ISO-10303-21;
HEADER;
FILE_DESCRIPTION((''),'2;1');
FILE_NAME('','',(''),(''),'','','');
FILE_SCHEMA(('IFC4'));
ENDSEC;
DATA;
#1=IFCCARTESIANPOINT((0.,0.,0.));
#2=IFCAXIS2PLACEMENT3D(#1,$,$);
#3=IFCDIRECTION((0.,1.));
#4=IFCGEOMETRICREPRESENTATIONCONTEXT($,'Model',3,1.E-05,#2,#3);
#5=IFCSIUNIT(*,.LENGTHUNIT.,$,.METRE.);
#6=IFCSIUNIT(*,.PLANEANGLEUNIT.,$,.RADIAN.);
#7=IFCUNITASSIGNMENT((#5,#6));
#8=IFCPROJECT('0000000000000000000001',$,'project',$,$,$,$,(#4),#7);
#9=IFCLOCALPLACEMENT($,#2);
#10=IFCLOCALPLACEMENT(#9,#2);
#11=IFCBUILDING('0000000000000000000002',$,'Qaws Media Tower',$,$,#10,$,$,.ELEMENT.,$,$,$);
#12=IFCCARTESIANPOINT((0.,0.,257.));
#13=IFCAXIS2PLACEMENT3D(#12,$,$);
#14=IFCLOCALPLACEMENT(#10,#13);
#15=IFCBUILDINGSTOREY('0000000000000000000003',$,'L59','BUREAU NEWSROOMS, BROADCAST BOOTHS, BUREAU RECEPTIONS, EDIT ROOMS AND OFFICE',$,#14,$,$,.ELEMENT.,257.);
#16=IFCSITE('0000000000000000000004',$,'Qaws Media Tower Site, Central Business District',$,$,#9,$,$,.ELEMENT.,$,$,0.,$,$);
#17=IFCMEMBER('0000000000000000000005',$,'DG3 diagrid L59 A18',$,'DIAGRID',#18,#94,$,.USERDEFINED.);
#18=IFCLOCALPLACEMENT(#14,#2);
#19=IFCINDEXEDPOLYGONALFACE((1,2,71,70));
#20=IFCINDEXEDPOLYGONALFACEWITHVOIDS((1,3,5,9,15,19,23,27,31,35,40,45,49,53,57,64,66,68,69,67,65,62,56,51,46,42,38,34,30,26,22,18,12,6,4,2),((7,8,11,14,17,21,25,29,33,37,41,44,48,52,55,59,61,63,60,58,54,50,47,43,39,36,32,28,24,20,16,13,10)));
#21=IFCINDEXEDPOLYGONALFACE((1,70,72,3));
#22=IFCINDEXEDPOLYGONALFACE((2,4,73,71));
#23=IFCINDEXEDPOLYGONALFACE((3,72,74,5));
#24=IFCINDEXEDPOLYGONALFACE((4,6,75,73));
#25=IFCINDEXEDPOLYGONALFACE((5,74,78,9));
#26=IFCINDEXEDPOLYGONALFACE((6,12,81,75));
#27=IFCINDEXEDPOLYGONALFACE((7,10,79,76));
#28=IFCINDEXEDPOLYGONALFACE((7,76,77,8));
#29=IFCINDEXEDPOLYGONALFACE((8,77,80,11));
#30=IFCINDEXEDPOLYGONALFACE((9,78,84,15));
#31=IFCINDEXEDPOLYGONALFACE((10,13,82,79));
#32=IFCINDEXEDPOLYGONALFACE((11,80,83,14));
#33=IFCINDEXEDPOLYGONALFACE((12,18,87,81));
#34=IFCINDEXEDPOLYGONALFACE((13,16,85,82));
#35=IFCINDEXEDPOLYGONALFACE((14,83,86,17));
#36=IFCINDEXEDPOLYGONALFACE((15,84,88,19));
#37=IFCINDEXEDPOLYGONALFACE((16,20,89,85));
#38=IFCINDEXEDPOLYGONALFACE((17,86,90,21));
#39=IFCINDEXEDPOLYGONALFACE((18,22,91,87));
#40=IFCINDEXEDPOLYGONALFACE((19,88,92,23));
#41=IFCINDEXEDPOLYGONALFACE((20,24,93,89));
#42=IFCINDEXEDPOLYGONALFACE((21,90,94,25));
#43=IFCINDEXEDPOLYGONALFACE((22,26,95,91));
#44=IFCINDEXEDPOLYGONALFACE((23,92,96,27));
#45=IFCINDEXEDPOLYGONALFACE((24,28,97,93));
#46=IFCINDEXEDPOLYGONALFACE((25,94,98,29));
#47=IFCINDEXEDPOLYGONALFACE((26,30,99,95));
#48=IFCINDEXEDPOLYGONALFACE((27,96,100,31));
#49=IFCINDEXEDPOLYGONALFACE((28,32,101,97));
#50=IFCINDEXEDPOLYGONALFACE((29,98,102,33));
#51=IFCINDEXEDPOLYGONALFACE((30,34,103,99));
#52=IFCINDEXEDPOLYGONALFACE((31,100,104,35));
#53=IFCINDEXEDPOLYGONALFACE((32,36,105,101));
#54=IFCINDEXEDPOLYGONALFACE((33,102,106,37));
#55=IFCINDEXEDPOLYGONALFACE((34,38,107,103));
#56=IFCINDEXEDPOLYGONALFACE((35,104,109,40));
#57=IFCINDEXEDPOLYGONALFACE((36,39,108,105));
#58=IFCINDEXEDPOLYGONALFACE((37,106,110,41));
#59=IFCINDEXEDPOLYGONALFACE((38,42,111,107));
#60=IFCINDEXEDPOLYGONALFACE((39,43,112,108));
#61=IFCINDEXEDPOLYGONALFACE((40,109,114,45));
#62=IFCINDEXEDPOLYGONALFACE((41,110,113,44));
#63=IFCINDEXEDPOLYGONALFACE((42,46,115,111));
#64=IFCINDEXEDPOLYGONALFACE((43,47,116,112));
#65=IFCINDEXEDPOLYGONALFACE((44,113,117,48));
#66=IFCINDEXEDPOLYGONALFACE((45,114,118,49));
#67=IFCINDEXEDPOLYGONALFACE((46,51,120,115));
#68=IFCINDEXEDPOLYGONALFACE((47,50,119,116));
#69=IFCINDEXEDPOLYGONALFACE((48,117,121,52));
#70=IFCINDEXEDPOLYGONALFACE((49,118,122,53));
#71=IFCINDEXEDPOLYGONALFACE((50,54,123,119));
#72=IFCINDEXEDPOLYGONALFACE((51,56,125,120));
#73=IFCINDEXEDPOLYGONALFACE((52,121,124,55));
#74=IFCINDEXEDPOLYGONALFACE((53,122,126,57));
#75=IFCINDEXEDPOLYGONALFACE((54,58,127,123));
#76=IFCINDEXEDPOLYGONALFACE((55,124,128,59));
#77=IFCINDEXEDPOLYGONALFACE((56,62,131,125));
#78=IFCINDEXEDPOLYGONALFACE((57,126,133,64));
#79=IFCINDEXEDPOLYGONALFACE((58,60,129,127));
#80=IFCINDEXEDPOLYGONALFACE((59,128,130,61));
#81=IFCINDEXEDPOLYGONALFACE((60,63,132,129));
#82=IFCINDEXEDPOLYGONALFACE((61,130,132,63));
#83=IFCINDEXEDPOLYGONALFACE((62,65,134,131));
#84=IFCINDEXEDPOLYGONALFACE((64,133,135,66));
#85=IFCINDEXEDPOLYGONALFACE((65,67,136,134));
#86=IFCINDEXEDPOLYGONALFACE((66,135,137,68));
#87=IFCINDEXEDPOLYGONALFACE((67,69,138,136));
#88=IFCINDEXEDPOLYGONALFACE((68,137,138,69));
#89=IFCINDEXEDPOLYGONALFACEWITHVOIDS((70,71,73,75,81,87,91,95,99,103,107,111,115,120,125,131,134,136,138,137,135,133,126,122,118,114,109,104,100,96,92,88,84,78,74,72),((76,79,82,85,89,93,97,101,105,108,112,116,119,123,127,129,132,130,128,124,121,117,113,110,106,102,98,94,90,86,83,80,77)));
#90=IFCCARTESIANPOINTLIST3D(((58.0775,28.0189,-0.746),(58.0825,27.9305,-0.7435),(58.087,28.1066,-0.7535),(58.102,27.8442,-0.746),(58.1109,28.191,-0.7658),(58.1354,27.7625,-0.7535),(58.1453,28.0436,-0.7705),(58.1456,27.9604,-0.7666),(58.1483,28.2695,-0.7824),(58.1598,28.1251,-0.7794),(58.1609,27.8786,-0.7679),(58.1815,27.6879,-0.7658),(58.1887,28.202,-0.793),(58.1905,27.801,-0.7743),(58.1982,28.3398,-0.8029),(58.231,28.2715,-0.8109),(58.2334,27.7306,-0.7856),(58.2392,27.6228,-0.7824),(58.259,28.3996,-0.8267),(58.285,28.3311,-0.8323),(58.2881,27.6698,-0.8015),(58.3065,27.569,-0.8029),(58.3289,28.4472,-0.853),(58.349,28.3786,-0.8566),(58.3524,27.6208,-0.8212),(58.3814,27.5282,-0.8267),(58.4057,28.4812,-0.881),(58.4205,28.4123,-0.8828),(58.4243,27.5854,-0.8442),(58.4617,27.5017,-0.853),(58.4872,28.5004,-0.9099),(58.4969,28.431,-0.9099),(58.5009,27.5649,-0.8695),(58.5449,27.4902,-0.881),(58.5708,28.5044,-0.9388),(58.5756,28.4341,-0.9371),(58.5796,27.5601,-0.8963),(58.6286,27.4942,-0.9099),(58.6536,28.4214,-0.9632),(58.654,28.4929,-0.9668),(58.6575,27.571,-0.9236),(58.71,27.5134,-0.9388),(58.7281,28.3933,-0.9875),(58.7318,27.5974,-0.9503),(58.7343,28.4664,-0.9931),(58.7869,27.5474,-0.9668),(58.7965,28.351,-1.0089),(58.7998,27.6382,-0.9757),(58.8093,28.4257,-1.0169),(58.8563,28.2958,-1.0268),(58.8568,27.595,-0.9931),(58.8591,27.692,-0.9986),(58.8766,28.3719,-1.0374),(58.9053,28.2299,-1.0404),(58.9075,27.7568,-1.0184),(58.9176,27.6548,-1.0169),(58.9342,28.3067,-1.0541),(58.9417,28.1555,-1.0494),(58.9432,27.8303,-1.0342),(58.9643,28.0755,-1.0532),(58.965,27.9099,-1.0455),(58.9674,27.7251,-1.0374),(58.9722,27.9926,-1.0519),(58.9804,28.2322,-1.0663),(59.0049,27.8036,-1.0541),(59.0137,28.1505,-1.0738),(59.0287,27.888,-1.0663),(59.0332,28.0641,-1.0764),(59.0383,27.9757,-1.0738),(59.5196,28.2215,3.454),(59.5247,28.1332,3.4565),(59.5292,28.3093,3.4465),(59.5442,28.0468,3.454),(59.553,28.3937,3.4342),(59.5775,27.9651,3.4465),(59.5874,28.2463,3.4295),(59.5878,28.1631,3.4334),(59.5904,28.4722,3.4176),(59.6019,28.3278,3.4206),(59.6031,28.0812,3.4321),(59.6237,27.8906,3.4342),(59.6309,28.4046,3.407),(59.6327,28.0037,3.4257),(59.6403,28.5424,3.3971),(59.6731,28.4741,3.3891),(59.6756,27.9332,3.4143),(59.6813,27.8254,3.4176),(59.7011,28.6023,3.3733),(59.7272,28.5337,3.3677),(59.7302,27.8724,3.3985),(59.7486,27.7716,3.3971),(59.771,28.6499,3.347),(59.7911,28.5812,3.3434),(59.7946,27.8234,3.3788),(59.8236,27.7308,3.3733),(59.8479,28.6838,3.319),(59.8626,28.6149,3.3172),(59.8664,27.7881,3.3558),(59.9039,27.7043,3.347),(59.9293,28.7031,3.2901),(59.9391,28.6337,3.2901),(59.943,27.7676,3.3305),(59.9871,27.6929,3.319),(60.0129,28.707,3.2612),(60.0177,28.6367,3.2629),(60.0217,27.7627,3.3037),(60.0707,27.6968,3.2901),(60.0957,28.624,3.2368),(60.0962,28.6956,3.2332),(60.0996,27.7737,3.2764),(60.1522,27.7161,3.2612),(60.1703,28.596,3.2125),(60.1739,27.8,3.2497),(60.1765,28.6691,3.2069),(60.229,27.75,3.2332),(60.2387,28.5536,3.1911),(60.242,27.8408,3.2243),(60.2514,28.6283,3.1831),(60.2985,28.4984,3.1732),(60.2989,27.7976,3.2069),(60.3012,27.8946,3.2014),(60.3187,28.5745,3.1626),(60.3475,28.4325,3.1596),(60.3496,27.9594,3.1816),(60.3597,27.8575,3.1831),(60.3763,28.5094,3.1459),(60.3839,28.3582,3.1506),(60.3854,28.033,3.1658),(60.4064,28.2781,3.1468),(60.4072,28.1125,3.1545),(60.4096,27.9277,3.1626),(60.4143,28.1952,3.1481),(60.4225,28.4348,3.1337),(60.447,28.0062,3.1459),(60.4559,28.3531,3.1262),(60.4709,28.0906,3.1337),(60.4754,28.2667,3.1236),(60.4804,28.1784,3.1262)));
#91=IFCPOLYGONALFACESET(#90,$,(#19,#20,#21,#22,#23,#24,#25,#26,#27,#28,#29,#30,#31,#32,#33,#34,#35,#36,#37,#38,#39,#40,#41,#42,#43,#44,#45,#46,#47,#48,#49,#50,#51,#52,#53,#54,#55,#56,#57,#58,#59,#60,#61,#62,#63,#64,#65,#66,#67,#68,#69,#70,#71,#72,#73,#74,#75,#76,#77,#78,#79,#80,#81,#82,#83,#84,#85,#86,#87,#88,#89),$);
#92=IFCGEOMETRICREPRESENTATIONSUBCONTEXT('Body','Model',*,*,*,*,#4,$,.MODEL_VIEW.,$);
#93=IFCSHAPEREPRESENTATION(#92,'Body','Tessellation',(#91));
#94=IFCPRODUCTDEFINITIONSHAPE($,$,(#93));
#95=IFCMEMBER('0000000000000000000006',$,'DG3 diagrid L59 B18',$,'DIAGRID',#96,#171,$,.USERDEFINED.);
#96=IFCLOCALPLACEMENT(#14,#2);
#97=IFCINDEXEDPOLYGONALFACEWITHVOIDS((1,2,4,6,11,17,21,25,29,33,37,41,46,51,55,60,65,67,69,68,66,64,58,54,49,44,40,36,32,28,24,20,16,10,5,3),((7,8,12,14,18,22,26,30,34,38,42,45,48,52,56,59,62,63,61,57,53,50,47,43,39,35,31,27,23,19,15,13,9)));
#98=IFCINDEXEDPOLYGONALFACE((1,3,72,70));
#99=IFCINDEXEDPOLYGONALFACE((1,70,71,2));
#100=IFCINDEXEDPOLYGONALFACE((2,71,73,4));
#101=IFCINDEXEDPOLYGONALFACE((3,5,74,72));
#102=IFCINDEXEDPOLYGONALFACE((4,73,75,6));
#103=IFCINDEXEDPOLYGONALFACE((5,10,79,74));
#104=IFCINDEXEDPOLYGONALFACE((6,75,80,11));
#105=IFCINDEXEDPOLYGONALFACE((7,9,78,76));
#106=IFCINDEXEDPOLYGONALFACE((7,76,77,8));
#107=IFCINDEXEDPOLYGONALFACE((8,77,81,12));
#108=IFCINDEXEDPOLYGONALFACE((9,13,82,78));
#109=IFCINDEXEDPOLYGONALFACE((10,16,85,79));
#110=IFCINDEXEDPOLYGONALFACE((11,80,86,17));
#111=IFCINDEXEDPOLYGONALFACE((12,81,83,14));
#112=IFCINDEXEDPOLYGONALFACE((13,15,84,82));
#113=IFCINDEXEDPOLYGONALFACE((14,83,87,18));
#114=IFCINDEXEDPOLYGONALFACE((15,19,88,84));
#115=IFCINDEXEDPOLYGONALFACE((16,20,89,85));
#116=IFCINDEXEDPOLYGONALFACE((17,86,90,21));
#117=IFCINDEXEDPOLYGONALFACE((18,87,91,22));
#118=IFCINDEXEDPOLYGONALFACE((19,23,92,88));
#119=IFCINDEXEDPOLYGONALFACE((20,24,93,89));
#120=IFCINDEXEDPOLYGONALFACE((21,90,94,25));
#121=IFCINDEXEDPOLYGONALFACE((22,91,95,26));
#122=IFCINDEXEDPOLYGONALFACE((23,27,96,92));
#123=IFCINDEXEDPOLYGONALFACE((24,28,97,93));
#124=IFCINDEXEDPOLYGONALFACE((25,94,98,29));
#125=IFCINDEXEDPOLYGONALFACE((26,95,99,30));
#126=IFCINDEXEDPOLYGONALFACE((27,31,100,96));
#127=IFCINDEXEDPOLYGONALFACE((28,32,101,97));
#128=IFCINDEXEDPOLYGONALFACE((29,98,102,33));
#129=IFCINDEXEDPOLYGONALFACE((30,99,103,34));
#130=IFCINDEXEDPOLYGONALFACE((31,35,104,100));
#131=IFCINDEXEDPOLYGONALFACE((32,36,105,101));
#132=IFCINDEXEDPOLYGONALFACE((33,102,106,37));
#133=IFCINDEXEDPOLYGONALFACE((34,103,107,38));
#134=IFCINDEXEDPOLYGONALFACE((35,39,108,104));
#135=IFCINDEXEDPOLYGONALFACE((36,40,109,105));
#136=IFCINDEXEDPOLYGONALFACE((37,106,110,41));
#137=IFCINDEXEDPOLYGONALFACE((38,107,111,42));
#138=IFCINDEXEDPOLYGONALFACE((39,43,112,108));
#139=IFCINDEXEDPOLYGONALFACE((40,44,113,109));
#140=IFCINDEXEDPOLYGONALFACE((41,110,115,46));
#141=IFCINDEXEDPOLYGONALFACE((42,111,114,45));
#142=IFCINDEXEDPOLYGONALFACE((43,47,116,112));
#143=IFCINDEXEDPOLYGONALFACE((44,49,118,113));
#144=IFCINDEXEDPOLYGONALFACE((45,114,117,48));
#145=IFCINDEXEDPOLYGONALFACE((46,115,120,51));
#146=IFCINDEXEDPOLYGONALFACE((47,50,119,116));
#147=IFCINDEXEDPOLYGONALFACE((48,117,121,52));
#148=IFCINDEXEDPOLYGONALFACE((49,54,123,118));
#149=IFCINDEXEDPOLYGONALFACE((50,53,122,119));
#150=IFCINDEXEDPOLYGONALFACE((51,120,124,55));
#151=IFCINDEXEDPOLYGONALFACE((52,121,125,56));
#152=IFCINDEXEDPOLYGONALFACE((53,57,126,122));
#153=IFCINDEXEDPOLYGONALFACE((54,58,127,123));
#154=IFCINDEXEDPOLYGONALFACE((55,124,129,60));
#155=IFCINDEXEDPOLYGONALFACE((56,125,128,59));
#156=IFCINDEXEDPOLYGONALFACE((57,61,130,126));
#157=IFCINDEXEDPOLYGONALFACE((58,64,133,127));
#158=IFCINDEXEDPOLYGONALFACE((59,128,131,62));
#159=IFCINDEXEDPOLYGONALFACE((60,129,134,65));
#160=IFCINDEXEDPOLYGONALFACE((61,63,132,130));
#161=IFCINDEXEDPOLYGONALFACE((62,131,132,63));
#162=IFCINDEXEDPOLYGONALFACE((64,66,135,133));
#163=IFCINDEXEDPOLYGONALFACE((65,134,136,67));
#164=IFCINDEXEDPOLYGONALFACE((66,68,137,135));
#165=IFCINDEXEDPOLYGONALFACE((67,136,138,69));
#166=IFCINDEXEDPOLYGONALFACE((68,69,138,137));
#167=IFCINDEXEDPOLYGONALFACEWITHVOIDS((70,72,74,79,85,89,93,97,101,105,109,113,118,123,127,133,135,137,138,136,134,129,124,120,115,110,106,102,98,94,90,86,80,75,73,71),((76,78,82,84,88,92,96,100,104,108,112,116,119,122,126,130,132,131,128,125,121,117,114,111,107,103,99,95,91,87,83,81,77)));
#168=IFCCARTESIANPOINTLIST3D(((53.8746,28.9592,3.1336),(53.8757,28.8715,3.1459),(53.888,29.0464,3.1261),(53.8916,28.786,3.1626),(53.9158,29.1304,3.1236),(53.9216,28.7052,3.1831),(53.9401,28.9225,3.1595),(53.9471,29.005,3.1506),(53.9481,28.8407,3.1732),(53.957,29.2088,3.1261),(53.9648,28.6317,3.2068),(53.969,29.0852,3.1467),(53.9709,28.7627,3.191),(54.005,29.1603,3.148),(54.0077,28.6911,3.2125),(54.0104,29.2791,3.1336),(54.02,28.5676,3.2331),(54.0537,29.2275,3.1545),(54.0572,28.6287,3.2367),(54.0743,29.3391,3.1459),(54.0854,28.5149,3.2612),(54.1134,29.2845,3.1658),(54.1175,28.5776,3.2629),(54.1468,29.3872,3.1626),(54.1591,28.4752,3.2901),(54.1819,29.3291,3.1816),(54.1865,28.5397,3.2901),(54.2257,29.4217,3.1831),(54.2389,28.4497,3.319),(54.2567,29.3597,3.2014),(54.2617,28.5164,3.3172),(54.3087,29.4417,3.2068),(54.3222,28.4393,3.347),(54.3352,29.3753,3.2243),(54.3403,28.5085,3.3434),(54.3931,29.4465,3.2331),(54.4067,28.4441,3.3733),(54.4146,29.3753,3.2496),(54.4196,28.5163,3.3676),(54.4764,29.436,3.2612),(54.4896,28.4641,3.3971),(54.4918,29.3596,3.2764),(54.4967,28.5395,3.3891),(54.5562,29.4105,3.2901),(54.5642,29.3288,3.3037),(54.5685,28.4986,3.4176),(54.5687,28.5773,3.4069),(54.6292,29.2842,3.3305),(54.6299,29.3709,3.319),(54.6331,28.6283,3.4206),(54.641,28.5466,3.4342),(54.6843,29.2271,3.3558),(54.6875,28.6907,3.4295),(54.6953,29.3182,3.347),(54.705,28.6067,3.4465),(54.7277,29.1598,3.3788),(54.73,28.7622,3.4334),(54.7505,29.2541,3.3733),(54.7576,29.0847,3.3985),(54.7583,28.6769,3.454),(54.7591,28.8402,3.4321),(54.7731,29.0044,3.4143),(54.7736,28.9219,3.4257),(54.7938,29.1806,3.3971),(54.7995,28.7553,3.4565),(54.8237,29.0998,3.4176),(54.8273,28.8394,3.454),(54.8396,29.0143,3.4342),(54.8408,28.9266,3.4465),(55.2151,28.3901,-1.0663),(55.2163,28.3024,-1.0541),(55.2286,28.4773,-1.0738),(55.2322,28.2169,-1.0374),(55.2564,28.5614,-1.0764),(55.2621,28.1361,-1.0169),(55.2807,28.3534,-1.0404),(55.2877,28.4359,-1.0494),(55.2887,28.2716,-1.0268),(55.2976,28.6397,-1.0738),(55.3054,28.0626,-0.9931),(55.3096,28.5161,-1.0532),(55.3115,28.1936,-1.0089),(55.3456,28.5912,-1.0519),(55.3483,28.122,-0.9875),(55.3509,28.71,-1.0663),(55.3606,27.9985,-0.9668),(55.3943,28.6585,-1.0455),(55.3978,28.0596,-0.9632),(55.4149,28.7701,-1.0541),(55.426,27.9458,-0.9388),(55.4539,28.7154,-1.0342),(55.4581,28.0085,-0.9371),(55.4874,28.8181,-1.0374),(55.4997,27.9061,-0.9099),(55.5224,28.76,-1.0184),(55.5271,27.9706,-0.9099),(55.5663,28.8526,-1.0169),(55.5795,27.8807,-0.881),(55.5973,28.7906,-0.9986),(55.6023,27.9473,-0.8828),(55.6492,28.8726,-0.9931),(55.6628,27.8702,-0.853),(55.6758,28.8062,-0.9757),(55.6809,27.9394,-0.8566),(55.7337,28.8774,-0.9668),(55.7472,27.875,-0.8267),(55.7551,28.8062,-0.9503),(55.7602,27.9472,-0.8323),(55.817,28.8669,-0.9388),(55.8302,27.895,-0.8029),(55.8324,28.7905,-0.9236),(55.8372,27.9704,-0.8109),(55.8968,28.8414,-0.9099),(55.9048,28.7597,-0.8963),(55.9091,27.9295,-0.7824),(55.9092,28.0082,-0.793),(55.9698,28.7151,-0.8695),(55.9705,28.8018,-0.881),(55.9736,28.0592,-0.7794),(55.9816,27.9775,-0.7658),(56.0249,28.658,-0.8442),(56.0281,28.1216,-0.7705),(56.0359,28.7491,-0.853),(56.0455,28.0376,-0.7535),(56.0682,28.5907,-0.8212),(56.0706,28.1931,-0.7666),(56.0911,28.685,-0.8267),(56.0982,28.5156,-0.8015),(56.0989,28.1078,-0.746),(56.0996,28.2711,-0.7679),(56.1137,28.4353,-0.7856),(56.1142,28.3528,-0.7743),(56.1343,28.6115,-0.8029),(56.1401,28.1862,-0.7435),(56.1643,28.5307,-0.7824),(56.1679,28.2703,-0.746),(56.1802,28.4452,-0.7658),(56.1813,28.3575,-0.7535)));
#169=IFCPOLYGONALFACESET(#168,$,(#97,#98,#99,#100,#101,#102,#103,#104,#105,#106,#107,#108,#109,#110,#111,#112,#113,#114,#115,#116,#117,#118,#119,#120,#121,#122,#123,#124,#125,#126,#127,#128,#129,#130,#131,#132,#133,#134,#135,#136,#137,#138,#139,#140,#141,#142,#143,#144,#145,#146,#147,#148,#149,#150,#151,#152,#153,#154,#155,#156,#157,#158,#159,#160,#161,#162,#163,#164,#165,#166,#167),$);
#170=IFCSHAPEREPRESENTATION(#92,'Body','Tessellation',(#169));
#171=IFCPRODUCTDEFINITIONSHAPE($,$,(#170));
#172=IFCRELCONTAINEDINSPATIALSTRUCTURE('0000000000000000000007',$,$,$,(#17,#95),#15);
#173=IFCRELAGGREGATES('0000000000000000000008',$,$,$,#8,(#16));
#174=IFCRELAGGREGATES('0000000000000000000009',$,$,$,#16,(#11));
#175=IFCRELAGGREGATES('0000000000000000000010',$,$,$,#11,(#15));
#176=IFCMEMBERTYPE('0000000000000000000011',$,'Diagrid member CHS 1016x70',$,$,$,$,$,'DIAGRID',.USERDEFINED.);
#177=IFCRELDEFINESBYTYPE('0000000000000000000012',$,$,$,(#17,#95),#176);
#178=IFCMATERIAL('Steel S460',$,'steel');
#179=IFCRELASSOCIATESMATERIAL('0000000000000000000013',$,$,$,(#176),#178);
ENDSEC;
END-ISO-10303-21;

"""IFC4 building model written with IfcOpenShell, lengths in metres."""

from ifc_helpers import new_model, si_unit, direction, frame, origin, origin_2d, place, context, subcontext, project, spatial, hollow_circle, extrude, material, material_profile, profile_set, type_object, element, save


model = new_model("IFC4")

# Units and contexts
model_context = context("Model", 3, precision=1e-05, world=origin(), true_north=direction((0.0, 1.0)))
body_context = subcontext(model_context, "Body", "Model", "MODEL_VIEW")
ifc_project = project(units=[si_unit("LENGTHUNIT", "METRE"), si_unit("PLANEANGLEUNIT", "RADIAN")], contexts=[model_context])

# Site, building, storey
site_placement = place(None, origin())
site = spatial("IfcSite", under=ifc_project, at=site_placement, Name="Qaws Media Tower Site, Central Business District", CompositionType="ELEMENT", RefElevation=0.0)
building_placement = place(site_placement, origin())
building = spatial("IfcBuilding", under=site, at=building_placement, Name="Qaws Media Tower", CompositionType="ELEMENT")
storey_placement = place(building_placement, frame((0.0, 0.0, 257.0)))
storey = spatial("IfcBuildingStorey", under=building, at=storey_placement, Name="L59", Description="BUREAU NEWSROOMS, BROADCAST BOOTHS, BUREAU RECEPTIONS, EDIT ROOMS AND OFFICE", CompositionType="ELEMENT", Elevation=257.0)

# Members
ifc_material_1 = material(Name="Steel S460", Category="steel")
ifc_material_profile_1 = material_profile(ifc_material_1, hollow_circle(Radius=0.5081, WallThickness=0.0701, at=origin_2d()), Name="CHS 1016x70")
ifc_profile_set_1 = profile_set([ifc_material_profile_1], Name="Steel S460")
member_type_1 = type_object("IfcMemberType", Name="Diagrid member CHS 1016x70", ElementType="DIAGRID", PredefinedType="USERDEFINED", material=ifc_profile_set_1)
for number, where, z_axis, x_axis, name in (
    (1, (58.5579, 27.9973, -0.9099), (0.324421, 0.045585, 0.944814), (-0.139144, 0.990272, 0.0), "DG3 diagrid L59 A18"),
    (2, (55.6982, 28.3738, -0.9099), (-0.301572, 0.128021, 0.944809), (-0.390761, -0.920492, 0.0), "DG3 diagrid L59 B18"),
):
    element("IfcMember", number, at=place(storey_placement, frame(where, z_axis=z_axis, x_axis=x_axis)), inside=storey, type_object=member_type_1, Name=name, ObjectType="DIAGRID", PredefinedType="USERDEFINED", context=body_context, shape_type="SweptSolid", body=[
        extrude(hollow_circle(Radius=0.5081, WallThickness=0.0701, at=origin_2d()), origin(), (0.0, 0.0, 1.0), 4.4453),
    ])

save(model, "model.ifc")
